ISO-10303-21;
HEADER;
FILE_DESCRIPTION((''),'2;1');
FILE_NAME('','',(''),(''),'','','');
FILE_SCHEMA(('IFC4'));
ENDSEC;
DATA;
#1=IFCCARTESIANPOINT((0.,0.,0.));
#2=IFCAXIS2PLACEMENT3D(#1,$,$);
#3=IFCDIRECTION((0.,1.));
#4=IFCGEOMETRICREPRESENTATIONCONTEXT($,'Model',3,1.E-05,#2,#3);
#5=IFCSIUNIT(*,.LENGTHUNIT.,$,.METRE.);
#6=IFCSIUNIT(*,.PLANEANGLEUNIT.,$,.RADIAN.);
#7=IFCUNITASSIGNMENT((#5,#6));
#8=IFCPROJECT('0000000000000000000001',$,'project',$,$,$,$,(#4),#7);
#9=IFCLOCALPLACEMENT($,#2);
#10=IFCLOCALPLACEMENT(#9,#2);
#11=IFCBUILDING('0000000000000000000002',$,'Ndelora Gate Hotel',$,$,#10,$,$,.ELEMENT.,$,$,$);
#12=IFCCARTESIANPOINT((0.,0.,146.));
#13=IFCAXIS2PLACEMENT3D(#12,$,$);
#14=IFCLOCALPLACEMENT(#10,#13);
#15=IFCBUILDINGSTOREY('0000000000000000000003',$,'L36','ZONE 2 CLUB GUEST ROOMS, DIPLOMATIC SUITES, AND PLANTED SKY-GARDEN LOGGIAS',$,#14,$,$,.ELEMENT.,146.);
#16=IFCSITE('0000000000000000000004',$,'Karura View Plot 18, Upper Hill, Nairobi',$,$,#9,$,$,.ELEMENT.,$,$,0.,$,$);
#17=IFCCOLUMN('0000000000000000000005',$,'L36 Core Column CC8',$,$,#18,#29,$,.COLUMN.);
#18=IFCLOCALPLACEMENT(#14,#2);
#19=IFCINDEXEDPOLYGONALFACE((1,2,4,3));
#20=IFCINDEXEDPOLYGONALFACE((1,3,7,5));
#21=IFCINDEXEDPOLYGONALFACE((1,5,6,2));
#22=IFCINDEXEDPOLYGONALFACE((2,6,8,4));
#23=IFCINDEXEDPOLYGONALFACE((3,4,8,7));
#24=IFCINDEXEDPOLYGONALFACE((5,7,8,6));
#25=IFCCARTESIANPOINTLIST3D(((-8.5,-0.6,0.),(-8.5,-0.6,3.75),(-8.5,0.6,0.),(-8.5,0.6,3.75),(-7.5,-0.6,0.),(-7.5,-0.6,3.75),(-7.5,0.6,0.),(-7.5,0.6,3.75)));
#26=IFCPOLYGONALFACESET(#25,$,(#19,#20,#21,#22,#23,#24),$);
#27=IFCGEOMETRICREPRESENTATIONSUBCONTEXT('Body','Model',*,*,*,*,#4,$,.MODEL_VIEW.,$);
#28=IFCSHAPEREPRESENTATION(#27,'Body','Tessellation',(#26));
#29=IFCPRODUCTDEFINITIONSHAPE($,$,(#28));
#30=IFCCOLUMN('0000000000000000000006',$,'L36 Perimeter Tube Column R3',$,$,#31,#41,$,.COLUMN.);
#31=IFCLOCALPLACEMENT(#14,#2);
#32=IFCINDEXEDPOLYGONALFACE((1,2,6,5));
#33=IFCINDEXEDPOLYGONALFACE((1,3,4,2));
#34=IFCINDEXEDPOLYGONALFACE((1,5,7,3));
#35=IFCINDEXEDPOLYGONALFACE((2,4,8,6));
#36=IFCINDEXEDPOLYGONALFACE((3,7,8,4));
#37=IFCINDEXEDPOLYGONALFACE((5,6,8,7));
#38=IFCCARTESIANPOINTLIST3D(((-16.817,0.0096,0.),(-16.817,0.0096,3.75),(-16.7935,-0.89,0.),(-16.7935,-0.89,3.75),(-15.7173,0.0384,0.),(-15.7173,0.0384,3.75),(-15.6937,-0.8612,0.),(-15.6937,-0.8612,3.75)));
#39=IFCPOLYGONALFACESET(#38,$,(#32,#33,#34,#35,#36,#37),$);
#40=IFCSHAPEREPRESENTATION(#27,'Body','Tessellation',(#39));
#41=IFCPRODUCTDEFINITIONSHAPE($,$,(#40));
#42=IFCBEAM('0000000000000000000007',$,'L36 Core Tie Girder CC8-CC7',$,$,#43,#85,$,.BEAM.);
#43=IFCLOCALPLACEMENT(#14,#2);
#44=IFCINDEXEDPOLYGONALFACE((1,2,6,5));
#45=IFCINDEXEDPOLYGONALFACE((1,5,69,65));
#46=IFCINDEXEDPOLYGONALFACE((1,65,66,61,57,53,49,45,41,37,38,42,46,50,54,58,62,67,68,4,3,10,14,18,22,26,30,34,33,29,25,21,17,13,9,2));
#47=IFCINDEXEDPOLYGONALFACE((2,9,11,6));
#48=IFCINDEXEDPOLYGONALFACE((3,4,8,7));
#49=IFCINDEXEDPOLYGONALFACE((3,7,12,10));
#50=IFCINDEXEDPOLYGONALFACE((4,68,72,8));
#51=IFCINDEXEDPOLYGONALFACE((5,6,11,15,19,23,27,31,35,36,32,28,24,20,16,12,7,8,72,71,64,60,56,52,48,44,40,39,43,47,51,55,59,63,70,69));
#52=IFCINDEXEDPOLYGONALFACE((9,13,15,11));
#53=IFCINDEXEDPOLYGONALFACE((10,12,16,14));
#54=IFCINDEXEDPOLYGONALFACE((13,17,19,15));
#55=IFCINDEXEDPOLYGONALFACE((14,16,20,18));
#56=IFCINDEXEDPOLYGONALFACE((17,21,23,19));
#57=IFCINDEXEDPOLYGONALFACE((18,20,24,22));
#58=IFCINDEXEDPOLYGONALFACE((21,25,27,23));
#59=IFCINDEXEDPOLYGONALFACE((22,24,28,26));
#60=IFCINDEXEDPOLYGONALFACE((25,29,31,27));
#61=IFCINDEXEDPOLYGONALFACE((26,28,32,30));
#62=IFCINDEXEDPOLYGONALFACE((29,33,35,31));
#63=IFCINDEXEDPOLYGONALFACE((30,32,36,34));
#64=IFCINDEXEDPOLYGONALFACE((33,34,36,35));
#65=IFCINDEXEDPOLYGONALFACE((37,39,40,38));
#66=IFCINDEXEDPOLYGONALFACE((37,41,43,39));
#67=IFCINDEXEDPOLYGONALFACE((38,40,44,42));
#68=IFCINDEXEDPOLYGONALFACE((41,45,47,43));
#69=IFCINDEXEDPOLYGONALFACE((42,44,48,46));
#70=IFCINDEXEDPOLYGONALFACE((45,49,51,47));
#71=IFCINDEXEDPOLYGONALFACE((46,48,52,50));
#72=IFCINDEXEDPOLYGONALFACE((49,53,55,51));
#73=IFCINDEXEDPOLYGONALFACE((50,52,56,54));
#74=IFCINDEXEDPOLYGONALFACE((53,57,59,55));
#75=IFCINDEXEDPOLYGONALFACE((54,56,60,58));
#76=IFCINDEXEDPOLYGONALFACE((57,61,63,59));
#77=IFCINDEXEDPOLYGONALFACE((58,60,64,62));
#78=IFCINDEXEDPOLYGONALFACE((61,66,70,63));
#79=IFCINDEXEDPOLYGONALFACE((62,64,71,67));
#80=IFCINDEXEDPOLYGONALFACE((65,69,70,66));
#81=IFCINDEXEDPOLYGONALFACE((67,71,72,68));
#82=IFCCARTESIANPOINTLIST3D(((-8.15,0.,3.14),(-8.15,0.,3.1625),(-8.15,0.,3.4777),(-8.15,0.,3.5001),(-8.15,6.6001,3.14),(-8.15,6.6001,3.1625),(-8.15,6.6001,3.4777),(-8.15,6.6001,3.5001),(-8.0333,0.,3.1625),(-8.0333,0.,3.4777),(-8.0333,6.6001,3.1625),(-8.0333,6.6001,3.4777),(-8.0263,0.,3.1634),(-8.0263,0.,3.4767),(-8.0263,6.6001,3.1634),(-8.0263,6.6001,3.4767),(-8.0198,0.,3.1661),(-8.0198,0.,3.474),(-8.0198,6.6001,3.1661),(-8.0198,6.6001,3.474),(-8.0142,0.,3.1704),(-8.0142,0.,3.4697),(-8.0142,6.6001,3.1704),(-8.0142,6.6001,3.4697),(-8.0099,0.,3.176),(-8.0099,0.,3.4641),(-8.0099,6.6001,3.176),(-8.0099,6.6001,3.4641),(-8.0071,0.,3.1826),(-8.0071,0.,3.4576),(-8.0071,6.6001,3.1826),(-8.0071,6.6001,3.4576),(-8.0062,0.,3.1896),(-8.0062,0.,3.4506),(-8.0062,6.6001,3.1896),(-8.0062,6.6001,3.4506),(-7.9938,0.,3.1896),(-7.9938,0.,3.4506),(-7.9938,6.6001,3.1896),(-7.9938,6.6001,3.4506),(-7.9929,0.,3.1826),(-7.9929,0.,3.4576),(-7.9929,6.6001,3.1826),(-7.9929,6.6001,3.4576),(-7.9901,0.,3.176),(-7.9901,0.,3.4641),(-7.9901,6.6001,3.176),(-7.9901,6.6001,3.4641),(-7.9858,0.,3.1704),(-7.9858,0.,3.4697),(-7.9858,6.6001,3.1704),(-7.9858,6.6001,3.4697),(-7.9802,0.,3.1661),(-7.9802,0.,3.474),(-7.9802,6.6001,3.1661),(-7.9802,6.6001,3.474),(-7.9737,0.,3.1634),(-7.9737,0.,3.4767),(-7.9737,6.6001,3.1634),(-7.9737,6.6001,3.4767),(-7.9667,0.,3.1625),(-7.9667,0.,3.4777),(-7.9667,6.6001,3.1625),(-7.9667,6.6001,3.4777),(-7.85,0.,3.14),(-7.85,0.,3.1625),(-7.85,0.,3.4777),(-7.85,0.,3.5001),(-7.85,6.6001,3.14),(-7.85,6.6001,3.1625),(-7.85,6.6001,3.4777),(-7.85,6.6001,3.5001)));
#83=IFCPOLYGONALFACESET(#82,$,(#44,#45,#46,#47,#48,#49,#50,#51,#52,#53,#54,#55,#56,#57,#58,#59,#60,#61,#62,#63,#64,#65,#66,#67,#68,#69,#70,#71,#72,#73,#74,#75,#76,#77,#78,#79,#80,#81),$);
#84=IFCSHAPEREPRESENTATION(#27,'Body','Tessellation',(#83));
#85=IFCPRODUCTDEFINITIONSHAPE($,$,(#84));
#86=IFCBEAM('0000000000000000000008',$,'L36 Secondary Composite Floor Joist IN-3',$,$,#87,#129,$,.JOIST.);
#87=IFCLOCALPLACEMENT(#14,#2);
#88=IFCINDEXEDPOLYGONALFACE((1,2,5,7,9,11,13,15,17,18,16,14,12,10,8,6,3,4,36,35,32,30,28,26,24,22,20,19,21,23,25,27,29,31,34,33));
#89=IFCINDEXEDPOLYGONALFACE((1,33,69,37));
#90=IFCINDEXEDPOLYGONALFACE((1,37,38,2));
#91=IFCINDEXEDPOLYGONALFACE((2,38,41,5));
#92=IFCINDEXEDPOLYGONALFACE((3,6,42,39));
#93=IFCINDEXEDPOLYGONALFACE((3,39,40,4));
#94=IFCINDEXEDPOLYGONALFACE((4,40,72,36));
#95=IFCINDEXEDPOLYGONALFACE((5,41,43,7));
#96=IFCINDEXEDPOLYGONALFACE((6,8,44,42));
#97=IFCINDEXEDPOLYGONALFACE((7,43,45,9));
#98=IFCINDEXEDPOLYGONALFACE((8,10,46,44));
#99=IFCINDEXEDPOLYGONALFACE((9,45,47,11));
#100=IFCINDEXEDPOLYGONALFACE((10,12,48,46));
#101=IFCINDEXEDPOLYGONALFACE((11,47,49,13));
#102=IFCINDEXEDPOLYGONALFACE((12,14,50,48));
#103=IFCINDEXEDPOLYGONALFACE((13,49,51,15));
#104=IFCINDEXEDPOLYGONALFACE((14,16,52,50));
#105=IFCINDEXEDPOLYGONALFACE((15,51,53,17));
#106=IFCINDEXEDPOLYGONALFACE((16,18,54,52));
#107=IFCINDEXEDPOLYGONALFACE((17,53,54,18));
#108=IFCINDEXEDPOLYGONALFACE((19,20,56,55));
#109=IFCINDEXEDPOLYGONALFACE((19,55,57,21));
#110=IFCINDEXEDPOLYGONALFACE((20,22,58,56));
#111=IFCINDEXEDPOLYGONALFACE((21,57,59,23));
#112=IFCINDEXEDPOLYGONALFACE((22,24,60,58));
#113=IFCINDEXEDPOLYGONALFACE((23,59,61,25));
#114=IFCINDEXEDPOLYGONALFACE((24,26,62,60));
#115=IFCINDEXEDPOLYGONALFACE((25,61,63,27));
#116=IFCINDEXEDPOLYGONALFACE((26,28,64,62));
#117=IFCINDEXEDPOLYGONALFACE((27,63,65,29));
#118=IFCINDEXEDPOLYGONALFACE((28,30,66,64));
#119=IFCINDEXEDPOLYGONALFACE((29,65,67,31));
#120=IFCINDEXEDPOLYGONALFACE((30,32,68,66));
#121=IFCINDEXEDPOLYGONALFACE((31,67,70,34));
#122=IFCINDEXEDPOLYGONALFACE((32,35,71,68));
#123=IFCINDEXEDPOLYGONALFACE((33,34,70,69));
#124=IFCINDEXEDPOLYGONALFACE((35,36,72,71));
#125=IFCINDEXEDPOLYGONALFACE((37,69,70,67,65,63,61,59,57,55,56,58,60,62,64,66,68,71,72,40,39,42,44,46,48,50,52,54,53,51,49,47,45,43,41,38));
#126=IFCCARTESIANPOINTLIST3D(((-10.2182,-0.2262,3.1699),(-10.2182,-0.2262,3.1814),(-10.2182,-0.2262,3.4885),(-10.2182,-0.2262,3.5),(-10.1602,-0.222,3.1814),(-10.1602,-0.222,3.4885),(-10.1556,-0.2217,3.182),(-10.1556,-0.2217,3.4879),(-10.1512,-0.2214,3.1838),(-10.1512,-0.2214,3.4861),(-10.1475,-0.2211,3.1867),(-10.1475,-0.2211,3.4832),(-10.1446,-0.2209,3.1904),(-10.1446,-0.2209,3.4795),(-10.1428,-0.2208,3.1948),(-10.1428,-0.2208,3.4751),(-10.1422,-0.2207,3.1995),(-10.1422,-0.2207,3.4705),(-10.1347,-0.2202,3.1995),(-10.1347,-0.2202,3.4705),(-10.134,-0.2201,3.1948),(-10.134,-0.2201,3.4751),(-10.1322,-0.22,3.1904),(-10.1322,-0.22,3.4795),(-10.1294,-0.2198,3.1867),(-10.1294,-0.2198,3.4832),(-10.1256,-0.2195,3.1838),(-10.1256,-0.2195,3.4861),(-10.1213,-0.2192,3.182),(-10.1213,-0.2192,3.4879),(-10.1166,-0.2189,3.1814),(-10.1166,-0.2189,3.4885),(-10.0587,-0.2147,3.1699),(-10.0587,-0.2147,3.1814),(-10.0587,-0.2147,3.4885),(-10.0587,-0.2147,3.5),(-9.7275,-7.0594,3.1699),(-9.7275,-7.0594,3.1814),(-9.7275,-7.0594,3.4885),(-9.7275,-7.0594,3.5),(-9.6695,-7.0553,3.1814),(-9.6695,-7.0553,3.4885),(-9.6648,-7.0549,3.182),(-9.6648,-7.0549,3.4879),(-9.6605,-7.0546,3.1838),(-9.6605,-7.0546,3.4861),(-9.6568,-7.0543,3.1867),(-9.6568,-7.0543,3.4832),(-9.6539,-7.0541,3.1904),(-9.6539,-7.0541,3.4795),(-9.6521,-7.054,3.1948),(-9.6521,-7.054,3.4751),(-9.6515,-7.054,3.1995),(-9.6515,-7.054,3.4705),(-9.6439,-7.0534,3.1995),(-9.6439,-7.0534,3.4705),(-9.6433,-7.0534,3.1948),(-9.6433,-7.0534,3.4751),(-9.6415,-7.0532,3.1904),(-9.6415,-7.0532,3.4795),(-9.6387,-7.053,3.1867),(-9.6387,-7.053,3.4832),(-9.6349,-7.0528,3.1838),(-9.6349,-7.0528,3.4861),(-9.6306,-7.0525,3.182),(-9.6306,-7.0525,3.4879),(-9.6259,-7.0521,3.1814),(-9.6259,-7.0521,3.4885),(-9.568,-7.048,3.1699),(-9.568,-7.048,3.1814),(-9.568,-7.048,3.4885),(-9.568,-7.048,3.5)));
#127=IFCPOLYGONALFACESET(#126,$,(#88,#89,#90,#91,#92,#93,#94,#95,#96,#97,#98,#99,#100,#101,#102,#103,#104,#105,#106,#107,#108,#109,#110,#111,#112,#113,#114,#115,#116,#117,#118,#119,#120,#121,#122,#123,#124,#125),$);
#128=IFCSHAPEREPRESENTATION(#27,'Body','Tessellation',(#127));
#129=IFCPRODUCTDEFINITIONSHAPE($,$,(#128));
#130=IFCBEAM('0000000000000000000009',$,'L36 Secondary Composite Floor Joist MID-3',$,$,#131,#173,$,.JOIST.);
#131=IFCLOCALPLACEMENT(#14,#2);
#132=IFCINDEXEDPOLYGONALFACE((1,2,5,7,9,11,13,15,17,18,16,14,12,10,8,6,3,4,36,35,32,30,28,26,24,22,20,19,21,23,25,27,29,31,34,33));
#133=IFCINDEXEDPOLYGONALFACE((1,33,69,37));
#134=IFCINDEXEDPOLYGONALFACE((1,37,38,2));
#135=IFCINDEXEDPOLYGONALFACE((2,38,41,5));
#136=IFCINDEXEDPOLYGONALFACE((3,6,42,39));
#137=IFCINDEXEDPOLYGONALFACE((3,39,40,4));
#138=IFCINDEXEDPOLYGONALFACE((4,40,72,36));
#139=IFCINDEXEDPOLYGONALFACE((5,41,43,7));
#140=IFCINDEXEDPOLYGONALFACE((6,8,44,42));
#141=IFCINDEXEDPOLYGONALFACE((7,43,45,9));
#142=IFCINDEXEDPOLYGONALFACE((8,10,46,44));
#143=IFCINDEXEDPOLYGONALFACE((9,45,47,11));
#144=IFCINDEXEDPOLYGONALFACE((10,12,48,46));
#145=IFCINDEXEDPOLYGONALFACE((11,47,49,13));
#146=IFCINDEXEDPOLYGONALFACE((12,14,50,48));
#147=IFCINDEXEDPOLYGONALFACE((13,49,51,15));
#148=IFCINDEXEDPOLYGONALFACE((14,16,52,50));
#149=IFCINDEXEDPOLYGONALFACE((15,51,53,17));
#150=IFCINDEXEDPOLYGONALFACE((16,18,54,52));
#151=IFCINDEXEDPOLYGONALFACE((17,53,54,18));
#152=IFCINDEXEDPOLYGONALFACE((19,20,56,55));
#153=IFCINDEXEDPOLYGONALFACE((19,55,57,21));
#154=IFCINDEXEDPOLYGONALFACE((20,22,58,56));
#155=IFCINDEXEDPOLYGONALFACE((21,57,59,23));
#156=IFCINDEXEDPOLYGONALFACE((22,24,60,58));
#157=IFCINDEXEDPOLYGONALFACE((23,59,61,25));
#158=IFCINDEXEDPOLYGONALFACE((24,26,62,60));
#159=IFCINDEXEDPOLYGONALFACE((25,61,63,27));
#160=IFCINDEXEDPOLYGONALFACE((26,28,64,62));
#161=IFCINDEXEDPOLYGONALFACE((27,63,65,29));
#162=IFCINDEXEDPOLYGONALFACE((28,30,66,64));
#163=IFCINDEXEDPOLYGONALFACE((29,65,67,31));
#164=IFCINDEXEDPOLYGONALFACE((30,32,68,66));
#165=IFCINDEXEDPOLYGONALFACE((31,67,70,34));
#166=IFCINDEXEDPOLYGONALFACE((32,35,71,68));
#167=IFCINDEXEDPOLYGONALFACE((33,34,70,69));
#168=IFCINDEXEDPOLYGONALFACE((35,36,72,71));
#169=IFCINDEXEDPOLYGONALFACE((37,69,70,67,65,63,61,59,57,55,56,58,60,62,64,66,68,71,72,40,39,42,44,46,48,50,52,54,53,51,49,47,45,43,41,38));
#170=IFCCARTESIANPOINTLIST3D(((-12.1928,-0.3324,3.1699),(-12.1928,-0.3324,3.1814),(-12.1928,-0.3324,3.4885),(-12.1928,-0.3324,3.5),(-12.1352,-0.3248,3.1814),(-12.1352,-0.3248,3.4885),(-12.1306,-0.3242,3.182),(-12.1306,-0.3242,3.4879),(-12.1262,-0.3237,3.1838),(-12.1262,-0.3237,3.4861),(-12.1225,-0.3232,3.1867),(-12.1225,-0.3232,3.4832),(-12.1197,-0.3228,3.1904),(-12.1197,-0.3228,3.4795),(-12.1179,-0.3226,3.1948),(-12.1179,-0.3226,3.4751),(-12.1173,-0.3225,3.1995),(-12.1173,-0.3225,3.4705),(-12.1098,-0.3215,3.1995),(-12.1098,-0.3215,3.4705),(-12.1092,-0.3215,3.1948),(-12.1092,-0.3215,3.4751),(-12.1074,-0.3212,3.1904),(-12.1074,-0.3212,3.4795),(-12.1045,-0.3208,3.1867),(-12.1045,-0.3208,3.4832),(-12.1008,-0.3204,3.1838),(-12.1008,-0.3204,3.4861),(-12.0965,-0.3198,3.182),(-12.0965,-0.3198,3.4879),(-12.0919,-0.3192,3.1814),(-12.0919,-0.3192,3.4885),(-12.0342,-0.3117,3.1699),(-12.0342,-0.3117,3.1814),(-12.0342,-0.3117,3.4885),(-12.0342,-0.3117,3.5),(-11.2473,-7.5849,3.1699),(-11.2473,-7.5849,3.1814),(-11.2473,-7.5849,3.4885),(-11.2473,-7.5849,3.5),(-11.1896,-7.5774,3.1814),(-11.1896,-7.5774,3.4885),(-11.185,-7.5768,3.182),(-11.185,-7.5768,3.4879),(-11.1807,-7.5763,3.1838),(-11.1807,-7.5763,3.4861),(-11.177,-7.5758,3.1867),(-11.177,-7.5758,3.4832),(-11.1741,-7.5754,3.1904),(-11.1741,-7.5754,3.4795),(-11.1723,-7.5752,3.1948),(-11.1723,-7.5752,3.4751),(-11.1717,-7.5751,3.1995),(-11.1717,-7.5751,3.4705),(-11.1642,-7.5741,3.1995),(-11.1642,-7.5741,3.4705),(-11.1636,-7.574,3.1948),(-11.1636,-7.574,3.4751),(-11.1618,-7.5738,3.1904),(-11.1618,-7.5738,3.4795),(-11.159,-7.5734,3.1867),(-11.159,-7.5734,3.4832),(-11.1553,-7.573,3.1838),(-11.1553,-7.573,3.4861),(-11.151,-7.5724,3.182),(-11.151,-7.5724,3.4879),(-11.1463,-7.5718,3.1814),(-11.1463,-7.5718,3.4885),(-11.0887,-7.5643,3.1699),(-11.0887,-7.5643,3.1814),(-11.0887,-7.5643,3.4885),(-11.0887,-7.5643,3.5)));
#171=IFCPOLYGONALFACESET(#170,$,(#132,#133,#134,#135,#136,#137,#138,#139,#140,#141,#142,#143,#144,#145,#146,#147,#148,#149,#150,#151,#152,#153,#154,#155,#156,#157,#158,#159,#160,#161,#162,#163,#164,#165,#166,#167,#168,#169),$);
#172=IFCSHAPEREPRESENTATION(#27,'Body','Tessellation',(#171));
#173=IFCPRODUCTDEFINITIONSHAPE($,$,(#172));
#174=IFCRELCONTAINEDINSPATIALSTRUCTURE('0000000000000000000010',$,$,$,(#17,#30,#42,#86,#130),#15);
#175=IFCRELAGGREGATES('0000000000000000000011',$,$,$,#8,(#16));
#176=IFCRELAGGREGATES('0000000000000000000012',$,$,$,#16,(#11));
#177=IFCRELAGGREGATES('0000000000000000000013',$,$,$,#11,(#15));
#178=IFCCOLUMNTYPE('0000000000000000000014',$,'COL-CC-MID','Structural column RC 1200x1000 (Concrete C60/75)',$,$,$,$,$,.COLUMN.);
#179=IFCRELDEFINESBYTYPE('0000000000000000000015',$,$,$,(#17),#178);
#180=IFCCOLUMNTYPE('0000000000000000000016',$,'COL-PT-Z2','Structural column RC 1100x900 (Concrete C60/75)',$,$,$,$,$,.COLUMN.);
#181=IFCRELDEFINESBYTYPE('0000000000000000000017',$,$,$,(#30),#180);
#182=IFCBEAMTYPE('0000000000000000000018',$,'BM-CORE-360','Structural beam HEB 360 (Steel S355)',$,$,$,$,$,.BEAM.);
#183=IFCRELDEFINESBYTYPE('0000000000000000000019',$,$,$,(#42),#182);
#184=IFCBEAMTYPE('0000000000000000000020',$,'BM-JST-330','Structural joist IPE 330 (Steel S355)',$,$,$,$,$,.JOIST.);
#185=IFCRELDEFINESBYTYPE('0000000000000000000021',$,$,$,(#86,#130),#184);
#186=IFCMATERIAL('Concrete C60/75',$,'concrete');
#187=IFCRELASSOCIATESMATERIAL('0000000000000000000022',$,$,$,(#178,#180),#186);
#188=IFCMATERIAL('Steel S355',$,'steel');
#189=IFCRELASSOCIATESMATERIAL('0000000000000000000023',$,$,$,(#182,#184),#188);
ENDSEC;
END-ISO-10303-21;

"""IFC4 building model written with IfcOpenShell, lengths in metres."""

from ifc_helpers import new_model, si_unit, direction, frame, origin, origin_2d, place, context, subcontext, project, spatial, rectangle, i_section, extrude, material, material_profile, profile_set, type_object, element, save


model = new_model("IFC4")

# Units and contexts
model_context = context("Model", 3, precision=1e-05, world=origin(), true_north=direction((0.0, 1.0)))
body_context = subcontext(model_context, "Body", "Model", "MODEL_VIEW")
ifc_project = project(units=[si_unit("LENGTHUNIT", "METRE"), si_unit("PLANEANGLEUNIT", "RADIAN")], contexts=[model_context])

# Site, building, storey
site_placement = place(None, origin())
site = spatial("IfcSite", under=ifc_project, at=site_placement, Name="Karura View Plot 18, Upper Hill, Nairobi", CompositionType="ELEMENT", RefElevation=0.0)
building_placement = place(site_placement, origin())
building = spatial("IfcBuilding", under=site, at=building_placement, Name="Ndelora Gate Hotel", CompositionType="ELEMENT")
storey_placement = place(building_placement, frame((0.0, 0.0, 146.0)))
storey = spatial("IfcBuildingStorey", under=building, at=storey_placement, Name="L36", Description="ZONE 2 CLUB GUEST ROOMS, DIPLOMATIC SUITES, AND PLANTED SKY-GARDEN LOGGIAS", CompositionType="ELEMENT", Elevation=146.0)

# Columns
ifc_material_1 = material(Name="Concrete C60/75", Category="concrete")
ifc_material_profile_1 = material_profile(ifc_material_1, rectangle(XDim=1.0, YDim=1.2, at=origin_2d()), Name="RC 1200x1000")
ifc_profile_set_1 = profile_set([ifc_material_profile_1], Name="Concrete C60/75")
column_type_1 = type_object("IfcColumnType", Name="COL-CC-MID", Description="Structural column RC 1200x1000 (Concrete C60/75)", PredefinedType="COLUMN", material=ifc_profile_set_1)
column_1_placement = place(storey_placement, frame((-8.0, 0.0, 0.0), z_axis=(0.0, 0.0, 1.0), x_axis=(1.0, 0.0, 0.0)))
element("IfcColumn", 1, at=column_1_placement, inside=storey, type_object=column_type_1, Name="L36 Core Column CC8", PredefinedType="COLUMN", context=body_context, shape_type="SweptSolid", body=[
    extrude(rectangle(XDim=1.0, YDim=1.2, at=origin_2d()), origin(), (0.0, 0.0, 1.0), 3.75),
])
ifc_material_profile_2 = material_profile(ifc_material_1, rectangle(XDim=0.8999, YDim=1.1001, at=origin_2d()), Name="RC 1100x900")
ifc_profile_set_2 = profile_set([ifc_material_profile_2], Name="Concrete C60/75")
column_type_2 = type_object("IfcColumnType", Name="COL-PT-Z2", Description="Structural column RC 1100x900 (Concrete C60/75)", PredefinedType="COLUMN", material=ifc_profile_set_2)
column_2_placement = place(storey_placement, frame((-16.2554, -0.4258, 0.0), z_axis=(0.0, 0.0, 1.0), x_axis=(-0.026177, 0.999657, 0.0)))
element("IfcColumn", 2, at=column_2_placement, inside=storey, type_object=column_type_2, Name="L36 Perimeter Tube Column R3", PredefinedType="COLUMN", context=body_context, shape_type="SweptSolid", body=[
    extrude(rectangle(XDim=0.8999, YDim=1.1001, at=origin_2d()), origin(), (0.0, 0.0, 1.0), 3.75),
])

# Beams
ifc_material_2 = material(Name="Steel S355", Category="steel")
ifc_material_profile_3 = material_profile(ifc_material_2, i_section(OverallWidth=0.3, OverallDepth=0.3601, WebThickness=0.0125, FlangeThickness=0.0225, FilletRadius=0.0271, at=origin_2d()), Name="HEB 360")
ifc_profile_set_3 = profile_set([ifc_material_profile_3], Name="Steel S355")
beam_type_1 = type_object("IfcBeamType", Name="BM-CORE-360", Description="Structural beam HEB 360 (Steel S355)", PredefinedType="BEAM", material=ifc_profile_set_3)
beam_1_placement = place(storey_placement, frame((-8.0, 0.0, 3.3201), z_axis=(0.0, 1.0, 0.0), x_axis=(-1.0, 0.0, 0.0)))
element("IfcBeam", 3, at=beam_1_placement, inside=storey, type_object=beam_type_1, Name="L36 Core Tie Girder CC8-CC7", PredefinedType="BEAM", context=body_context, shape_type="SweptSolid", body=[
    extrude(i_section(OverallWidth=0.3, OverallDepth=0.3601, WebThickness=0.0125, FlangeThickness=0.0225, FilletRadius=0.0271, at=origin_2d()), origin(), (0.0, 0.0, 1.0), 6.6001),
])
ifc_material_profile_4 = material_profile(ifc_material_2, i_section(OverallWidth=0.1599, OverallDepth=0.3301, WebThickness=0.0076, FlangeThickness=0.0115, FilletRadius=0.0181, at=origin_2d()), Name="IPE 330")
ifc_profile_set_4 = profile_set([ifc_material_profile_4], Name="Steel S355")
beam_type_2 = type_object("IfcBeamType", Name="BM-JST-330", Description="Structural joist IPE 330 (Steel S355)", PredefinedType="JOIST", material=ifc_profile_set_4)
beam_2_placement = place(storey_placement, frame((-10.1384, -0.2205, 3.335), z_axis=(0.071629, -0.997431, 0.0), x_axis=(0.997431, 0.071629, 0.0)))
element("IfcBeam", 4, at=beam_2_placement, inside=storey, type_object=beam_type_2, Name="L36 Secondary Composite Floor Joist IN-3", PredefinedType="JOIST", context=body_context, shape_type="SweptSolid", body=[
    extrude(i_section(OverallWidth=0.1599, OverallDepth=0.3301, WebThickness=0.0076, FlangeThickness=0.0115, FilletRadius=0.0181, at=origin_2d()), origin(), (0.0, 0.0, 1.0), 6.8508),
])
beam_3_placement = place(storey_placement, frame((-12.1135, -0.322, 3.335), z_axis=(0.129279, -0.991608, 0.0), x_axis=(0.991608, 0.129279, 0.0)))
element("IfcBeam", 5, at=beam_3_placement, inside=storey, type_object=beam_type_2, Name="L36 Secondary Composite Floor Joist MID-3", PredefinedType="JOIST", context=body_context, shape_type="SweptSolid", body=[
    extrude(i_section(OverallWidth=0.1599, OverallDepth=0.3301, WebThickness=0.0076, FlangeThickness=0.0115, FilletRadius=0.0181, at=origin_2d()), origin(), (0.0, 0.0, 1.0), 7.314),
])

save(model, "model.ifc")
